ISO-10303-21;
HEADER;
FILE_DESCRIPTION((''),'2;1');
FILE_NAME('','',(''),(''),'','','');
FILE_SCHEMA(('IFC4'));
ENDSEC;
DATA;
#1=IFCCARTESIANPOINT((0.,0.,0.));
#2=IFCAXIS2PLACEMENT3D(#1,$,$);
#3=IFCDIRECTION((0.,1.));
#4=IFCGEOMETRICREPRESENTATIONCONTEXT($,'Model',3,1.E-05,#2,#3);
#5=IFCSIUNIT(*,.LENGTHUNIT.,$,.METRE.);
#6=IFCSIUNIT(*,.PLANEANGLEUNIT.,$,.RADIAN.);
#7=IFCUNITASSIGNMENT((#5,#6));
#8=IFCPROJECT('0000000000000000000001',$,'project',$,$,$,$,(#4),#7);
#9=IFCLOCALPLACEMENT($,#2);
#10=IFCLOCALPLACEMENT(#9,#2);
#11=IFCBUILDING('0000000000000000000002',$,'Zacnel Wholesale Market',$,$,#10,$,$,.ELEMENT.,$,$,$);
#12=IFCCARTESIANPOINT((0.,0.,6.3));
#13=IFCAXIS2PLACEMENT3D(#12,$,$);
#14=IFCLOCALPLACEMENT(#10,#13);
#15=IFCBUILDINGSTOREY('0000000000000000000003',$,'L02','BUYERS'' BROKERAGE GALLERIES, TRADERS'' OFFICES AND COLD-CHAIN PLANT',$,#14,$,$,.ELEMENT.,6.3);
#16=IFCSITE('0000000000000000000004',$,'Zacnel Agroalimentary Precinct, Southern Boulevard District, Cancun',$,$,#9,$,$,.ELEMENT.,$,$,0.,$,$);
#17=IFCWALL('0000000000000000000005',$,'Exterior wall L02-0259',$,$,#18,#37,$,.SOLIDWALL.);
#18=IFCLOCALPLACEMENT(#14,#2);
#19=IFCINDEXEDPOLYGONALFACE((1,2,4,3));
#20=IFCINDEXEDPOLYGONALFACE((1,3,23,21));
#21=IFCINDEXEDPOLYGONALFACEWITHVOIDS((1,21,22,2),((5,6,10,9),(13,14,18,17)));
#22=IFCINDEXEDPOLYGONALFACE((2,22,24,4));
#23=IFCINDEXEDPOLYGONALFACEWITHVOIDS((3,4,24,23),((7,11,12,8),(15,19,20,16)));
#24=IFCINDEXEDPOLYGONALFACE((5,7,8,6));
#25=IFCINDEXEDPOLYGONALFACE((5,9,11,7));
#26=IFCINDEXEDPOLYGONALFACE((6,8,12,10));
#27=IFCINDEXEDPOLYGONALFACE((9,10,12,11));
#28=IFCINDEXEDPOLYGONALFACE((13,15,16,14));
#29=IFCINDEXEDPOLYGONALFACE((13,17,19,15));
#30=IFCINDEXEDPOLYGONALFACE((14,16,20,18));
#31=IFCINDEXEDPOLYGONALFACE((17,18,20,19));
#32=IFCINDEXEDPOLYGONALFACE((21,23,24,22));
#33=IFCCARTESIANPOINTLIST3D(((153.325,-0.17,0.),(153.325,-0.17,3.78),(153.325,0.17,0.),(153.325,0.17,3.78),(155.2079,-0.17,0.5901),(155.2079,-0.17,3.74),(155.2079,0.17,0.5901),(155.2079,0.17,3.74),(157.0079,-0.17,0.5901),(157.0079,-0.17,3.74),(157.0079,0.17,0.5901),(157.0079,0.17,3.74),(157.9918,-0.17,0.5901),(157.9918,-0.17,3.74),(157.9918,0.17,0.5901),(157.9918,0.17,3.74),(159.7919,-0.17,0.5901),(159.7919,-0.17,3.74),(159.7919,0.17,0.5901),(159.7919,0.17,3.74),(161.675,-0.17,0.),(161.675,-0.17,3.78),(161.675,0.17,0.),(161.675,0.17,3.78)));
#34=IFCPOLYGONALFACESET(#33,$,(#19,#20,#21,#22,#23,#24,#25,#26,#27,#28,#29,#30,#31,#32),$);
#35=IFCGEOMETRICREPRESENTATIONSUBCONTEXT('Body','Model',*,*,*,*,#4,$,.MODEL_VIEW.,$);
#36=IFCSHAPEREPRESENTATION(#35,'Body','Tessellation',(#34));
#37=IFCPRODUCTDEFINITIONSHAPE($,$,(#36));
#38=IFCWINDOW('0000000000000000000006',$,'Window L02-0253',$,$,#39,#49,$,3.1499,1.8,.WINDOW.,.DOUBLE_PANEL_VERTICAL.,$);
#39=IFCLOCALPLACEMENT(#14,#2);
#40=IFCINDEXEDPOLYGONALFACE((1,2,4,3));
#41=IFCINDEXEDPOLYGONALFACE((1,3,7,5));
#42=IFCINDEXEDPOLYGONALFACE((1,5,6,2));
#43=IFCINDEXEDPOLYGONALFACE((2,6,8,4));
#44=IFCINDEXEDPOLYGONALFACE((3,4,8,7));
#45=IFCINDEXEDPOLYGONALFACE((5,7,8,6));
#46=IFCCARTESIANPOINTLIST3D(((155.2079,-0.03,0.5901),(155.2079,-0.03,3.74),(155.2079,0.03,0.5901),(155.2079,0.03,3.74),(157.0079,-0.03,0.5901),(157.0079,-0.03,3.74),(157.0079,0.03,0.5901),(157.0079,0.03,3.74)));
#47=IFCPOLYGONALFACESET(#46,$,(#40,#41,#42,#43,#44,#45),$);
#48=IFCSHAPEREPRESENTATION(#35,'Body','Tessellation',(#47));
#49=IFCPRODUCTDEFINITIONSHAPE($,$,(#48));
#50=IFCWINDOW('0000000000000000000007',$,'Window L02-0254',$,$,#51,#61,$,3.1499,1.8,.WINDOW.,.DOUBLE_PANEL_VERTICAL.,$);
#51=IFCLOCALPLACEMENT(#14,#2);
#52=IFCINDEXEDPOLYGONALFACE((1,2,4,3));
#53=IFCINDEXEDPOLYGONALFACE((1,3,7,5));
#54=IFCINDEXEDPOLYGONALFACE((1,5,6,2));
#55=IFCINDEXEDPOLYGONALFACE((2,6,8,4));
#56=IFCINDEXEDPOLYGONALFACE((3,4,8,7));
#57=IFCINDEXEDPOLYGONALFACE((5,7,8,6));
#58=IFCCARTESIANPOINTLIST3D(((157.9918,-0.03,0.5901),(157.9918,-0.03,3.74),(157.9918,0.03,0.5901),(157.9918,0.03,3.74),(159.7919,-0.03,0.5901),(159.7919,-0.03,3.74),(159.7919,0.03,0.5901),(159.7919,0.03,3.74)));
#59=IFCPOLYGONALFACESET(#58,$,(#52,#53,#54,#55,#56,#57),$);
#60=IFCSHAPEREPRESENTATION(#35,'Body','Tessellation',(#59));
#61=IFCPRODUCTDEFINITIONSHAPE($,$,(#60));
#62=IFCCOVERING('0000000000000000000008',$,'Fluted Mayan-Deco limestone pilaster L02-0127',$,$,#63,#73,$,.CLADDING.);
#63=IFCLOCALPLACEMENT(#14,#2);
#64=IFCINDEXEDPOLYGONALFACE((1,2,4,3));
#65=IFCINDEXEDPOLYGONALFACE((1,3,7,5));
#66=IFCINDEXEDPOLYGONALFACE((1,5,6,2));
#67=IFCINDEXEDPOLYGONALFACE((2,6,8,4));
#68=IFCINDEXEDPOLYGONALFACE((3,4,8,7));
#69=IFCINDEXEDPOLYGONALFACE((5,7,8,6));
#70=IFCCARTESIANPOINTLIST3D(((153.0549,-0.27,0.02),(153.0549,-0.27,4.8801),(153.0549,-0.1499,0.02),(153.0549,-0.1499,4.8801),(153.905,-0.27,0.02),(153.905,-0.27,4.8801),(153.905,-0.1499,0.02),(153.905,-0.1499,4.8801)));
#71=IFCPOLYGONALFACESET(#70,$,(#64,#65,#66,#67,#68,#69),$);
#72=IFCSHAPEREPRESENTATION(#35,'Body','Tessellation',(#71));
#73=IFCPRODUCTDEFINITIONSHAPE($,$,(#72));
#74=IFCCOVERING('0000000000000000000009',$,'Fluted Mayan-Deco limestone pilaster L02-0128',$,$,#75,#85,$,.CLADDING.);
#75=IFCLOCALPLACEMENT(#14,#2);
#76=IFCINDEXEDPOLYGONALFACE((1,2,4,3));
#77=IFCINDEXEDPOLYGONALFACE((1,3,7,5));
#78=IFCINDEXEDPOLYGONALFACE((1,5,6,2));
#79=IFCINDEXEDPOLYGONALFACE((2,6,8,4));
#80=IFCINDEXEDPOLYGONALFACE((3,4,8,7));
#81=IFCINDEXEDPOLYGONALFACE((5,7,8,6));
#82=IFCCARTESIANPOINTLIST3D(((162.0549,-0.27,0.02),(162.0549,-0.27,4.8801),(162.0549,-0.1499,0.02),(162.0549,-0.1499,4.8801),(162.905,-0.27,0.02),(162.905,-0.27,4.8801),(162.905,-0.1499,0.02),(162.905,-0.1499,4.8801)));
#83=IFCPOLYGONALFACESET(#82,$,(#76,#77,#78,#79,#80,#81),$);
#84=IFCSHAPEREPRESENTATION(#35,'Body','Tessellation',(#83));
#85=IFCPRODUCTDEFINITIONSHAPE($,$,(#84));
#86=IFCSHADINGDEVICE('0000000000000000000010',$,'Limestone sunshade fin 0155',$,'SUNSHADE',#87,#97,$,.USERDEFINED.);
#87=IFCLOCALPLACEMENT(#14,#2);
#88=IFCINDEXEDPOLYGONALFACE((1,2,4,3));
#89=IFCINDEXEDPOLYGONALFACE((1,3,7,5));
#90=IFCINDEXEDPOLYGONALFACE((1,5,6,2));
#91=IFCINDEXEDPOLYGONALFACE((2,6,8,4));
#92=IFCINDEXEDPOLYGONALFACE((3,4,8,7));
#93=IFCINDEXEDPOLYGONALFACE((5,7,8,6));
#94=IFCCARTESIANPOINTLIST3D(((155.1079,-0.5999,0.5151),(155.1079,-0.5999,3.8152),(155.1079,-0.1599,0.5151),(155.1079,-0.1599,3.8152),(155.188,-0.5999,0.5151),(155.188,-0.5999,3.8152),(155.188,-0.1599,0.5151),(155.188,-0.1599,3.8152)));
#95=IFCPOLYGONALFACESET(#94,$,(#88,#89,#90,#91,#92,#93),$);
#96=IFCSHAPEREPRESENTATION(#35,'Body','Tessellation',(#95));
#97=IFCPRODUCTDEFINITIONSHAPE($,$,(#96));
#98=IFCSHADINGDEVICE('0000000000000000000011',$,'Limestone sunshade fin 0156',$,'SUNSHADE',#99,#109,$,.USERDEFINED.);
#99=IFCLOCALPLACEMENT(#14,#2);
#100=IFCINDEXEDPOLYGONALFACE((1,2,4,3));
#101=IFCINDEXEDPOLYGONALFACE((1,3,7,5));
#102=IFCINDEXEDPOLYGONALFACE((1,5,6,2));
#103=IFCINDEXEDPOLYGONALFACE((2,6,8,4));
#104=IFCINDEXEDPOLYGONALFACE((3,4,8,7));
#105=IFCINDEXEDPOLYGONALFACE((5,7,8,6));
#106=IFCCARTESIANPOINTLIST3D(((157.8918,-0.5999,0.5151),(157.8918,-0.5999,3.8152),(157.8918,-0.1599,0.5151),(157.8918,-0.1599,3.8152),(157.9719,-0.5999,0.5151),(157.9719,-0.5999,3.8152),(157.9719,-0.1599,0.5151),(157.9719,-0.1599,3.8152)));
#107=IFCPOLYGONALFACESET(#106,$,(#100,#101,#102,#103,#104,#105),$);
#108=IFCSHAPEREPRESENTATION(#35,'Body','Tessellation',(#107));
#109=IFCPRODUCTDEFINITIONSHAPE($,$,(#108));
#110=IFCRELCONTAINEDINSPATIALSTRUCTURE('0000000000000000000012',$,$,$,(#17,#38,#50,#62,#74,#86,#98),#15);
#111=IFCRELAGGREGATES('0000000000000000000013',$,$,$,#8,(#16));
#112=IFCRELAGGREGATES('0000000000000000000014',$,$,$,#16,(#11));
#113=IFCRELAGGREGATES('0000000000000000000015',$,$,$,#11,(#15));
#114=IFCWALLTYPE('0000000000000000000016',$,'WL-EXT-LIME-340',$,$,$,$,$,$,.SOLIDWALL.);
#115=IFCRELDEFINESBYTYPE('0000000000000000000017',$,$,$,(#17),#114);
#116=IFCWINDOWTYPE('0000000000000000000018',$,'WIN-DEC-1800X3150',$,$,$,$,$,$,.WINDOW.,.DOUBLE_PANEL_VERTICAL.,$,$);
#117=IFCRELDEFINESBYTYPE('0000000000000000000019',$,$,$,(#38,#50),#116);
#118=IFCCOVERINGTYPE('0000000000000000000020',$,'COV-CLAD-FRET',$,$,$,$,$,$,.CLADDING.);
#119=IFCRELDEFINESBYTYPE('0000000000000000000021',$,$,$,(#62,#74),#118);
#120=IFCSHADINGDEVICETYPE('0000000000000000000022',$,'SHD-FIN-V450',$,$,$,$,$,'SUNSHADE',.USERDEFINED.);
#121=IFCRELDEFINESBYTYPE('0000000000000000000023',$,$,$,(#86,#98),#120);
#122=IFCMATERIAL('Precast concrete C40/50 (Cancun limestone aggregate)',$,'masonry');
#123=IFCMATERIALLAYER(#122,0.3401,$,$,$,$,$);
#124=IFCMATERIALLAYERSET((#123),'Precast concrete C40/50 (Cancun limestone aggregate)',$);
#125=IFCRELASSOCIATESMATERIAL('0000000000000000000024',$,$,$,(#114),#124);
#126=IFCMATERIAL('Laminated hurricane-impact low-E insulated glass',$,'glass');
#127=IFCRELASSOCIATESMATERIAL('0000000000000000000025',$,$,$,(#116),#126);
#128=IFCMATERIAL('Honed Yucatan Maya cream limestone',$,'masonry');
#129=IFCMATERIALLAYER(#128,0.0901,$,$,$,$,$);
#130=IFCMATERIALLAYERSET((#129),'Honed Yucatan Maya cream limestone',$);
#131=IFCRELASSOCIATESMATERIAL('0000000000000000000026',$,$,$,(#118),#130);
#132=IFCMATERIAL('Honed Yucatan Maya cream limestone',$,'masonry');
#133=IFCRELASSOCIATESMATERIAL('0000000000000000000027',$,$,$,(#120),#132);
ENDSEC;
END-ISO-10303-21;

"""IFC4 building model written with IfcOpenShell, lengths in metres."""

from ifc_helpers import new_model, si_unit, direction, frame, frame_2d, origin, origin_2d, place, context, subcontext, project, spatial, rectangle, extrude, material, layer, layer_set, type_object, element, fill, save


model = new_model("IFC4")

# Units and contexts
model_context = context("Model", 3, precision=1e-05, world=origin(), true_north=direction((0.0, 1.0)))
body_context = subcontext(model_context, "Body", "Model", "MODEL_VIEW")
ifc_project = project(units=[si_unit("LENGTHUNIT", "METRE"), si_unit("PLANEANGLEUNIT", "RADIAN")], contexts=[model_context])

# Site, building, storey
site_placement = place(None, origin())
site = spatial("IfcSite", under=ifc_project, at=site_placement, Name="Zacnel Agroalimentary Precinct, Southern Boulevard District, Cancun", CompositionType="ELEMENT", RefElevation=0.0)
building_placement = place(site_placement, origin())
building = spatial("IfcBuilding", under=site, at=building_placement, Name="Zacnel Wholesale Market", CompositionType="ELEMENT")
storey_placement = place(building_placement, frame((0.0, 0.0, 6.3)))
storey = spatial("IfcBuildingStorey", under=building, at=storey_placement, Name="L02", Description="BUYERS' BROKERAGE GALLERIES, TRADERS' OFFICES AND COLD-CHAIN PLANT", CompositionType="ELEMENT", Elevation=6.3)

# Wall, openings, windows
ifc_material_1 = material(Name="Precast concrete C40/50 (Cancun limestone aggregate)", Category="masonry")
ifc_layer_1 = layer(ifc_material_1, 0.3401)
ifc_layer_set_1 = layer_set([ifc_layer_1], Name="Precast concrete C40/50 (Cancun limestone aggregate)")
wall_type_1 = type_object("IfcWallType", Name="WL-EXT-LIME-340", PredefinedType="SOLIDWALL", material=ifc_layer_set_1)
wall_1_placement = place(storey_placement, frame((153.325, 0.0, 0.0), z_axis=(0.0, 0.0, 1.0), x_axis=(1.0, 0.0, 0.0)))
wall_1 = element("IfcWall", 1, at=wall_1_placement, inside=storey, type_object=wall_type_1, Name="Exterior wall L02-0259", PredefinedType="SOLIDWALL", context=body_context, shape_type="SweptSolid", body=[
    extrude(rectangle(XDim=8.3501, YDim=0.3401, at=frame_2d((4.175, 0.0))), origin(), (0.0, 0.0, 1.0), 3.78),
])
opening_1_placement = place(wall_1_placement, frame((1.8831, 0.0, 0.5901)))
opening_1 = element("IfcOpeningElement", 2, at=opening_1_placement, cuts=wall_1, PredefinedType="OPENING", context=body_context, shape_type="SweptSolid", body=[
    extrude(rectangle(XDim=1.8, YDim=3.1499, at=frame_2d((0.8999, 1.575))), frame((0.0, 0.1799, 0.0), z_axis=(0.0, -1.0, 0.0), x_axis=(1.0, 0.0, 0.0)), (0.0, 0.0, 1.0), 0.3601),
])
opening_2_placement = place(wall_1_placement, frame((4.667, 0.0, 0.5901)))
opening_2 = element("IfcOpeningElement", 3, at=opening_2_placement, cuts=wall_1, PredefinedType="OPENING", context=body_context, shape_type="SweptSolid", body=[
    extrude(rectangle(XDim=1.8, YDim=3.1499, at=frame_2d((0.8999, 1.575))), frame((0.0, 0.1799, 0.0), z_axis=(0.0, -1.0, 0.0), x_axis=(1.0, 0.0, 0.0)), (0.0, 0.0, 1.0), 0.3601),
])
ifc_material_2 = material(Name="Laminated hurricane-impact low-E insulated glass", Category="glass")
window_type = type_object("IfcWindowType", Name="WIN-DEC-1800X3150", PartitioningType="DOUBLE_PANEL_VERTICAL", PredefinedType="WINDOW", material=ifc_material_2)
window_1_placement = place(opening_1_placement, origin())
window_1 = element("IfcWindow", 4, at=window_1_placement, inside=storey, type_object=window_type, Name="Window L02-0253", OverallHeight=3.1499, OverallWidth=1.8, PartitioningType="DOUBLE_PANEL_VERTICAL", PredefinedType="WINDOW", context=body_context, shape_type="SweptSolid", body=[
    extrude(rectangle(XDim=1.8, YDim=3.1499, at=frame_2d((0.8999, 1.575))), frame((0.0, 0.03, 0.0), z_axis=(0.0, -1.0, 0.0), x_axis=(1.0, 0.0, 0.0)), (0.0, 0.0, 1.0), 0.0601),
])
fill(opening_1, window_1)
window_2_placement = place(opening_2_placement, origin())
window_2 = element("IfcWindow", 5, at=window_2_placement, inside=storey, type_object=window_type, Name="Window L02-0254", OverallHeight=3.1499, OverallWidth=1.8, PartitioningType="DOUBLE_PANEL_VERTICAL", PredefinedType="WINDOW", context=body_context, shape_type="SweptSolid", body=[
    extrude(rectangle(XDim=1.8, YDim=3.1499, at=frame_2d((0.8999, 1.575))), frame((0.0, 0.03, 0.0), z_axis=(0.0, -1.0, 0.0), x_axis=(1.0, 0.0, 0.0)), (0.0, 0.0, 1.0), 0.0601),
])
fill(opening_2, window_2)

# Coverings
ifc_material_3 = material(Name="Honed Yucatan Maya cream limestone", Category="masonry")
ifc_layer_2 = layer(ifc_material_3, 0.0901)
ifc_layer_set_2 = layer_set([ifc_layer_2], Name="Honed Yucatan Maya cream limestone")
covering_type = type_object("IfcCoveringType", Name="COV-CLAD-FRET", PredefinedType="CLADDING", material=ifc_layer_set_2)
for number, where, z_axis, x_axis, name in (
    (6, (153.48, -0.21, 0.02), (0.0, 0.0, 1.0), (1.0, 0.0, 0.0), "Fluted Mayan-Deco limestone pilaster L02-0127"),
    (7, (162.48, -0.21, 0.02), (0.0, 0.0, 1.0), (1.0, 0.0, 0.0), "Fluted Mayan-Deco limestone pilaster L02-0128"),
):
    element("IfcCovering", number, at=place(storey_placement, frame(where, z_axis=z_axis, x_axis=x_axis)), inside=storey, type_object=covering_type, Name=name, PredefinedType="CLADDING", context=body_context, shape_type="SweptSolid", body=[
        extrude(rectangle(XDim=0.8501, YDim=0.1201, at=origin_2d()), origin(), (0.0, 0.0, 1.0), 4.8601),
    ])

# Shading devices
ifc_material_4 = material(Name="Honed Yucatan Maya cream limestone", Category="masonry")
shading_device_type = type_object("IfcShadingDeviceType", Name="SHD-FIN-V450", ElementType="SUNSHADE", PredefinedType="USERDEFINED", material=ifc_material_4)
for number, where, z_axis, x_axis, name in (
    (8, (155.1479, -0.3799, 0.5151), (0.0, 0.0, 1.0), (1.0, 0.0, 0.0), "Limestone sunshade fin 0155"),
    (9, (157.9319, -0.3799, 0.5151), (0.0, 0.0, 1.0), (1.0, 0.0, 0.0), "Limestone sunshade fin 0156"),
):
    element("IfcShadingDevice", number, at=place(storey_placement, frame(where, z_axis=z_axis, x_axis=x_axis)), inside=storey, type_object=shading_device_type, Name=name, ObjectType="SUNSHADE", PredefinedType="USERDEFINED", context=body_context, shape_type="SweptSolid", body=[
        extrude(rectangle(XDim=0.0801, YDim=0.4399, at=origin_2d()), origin(), (0.0, 0.0, 1.0), 3.3),
    ])

save(model, "model.ifc")
